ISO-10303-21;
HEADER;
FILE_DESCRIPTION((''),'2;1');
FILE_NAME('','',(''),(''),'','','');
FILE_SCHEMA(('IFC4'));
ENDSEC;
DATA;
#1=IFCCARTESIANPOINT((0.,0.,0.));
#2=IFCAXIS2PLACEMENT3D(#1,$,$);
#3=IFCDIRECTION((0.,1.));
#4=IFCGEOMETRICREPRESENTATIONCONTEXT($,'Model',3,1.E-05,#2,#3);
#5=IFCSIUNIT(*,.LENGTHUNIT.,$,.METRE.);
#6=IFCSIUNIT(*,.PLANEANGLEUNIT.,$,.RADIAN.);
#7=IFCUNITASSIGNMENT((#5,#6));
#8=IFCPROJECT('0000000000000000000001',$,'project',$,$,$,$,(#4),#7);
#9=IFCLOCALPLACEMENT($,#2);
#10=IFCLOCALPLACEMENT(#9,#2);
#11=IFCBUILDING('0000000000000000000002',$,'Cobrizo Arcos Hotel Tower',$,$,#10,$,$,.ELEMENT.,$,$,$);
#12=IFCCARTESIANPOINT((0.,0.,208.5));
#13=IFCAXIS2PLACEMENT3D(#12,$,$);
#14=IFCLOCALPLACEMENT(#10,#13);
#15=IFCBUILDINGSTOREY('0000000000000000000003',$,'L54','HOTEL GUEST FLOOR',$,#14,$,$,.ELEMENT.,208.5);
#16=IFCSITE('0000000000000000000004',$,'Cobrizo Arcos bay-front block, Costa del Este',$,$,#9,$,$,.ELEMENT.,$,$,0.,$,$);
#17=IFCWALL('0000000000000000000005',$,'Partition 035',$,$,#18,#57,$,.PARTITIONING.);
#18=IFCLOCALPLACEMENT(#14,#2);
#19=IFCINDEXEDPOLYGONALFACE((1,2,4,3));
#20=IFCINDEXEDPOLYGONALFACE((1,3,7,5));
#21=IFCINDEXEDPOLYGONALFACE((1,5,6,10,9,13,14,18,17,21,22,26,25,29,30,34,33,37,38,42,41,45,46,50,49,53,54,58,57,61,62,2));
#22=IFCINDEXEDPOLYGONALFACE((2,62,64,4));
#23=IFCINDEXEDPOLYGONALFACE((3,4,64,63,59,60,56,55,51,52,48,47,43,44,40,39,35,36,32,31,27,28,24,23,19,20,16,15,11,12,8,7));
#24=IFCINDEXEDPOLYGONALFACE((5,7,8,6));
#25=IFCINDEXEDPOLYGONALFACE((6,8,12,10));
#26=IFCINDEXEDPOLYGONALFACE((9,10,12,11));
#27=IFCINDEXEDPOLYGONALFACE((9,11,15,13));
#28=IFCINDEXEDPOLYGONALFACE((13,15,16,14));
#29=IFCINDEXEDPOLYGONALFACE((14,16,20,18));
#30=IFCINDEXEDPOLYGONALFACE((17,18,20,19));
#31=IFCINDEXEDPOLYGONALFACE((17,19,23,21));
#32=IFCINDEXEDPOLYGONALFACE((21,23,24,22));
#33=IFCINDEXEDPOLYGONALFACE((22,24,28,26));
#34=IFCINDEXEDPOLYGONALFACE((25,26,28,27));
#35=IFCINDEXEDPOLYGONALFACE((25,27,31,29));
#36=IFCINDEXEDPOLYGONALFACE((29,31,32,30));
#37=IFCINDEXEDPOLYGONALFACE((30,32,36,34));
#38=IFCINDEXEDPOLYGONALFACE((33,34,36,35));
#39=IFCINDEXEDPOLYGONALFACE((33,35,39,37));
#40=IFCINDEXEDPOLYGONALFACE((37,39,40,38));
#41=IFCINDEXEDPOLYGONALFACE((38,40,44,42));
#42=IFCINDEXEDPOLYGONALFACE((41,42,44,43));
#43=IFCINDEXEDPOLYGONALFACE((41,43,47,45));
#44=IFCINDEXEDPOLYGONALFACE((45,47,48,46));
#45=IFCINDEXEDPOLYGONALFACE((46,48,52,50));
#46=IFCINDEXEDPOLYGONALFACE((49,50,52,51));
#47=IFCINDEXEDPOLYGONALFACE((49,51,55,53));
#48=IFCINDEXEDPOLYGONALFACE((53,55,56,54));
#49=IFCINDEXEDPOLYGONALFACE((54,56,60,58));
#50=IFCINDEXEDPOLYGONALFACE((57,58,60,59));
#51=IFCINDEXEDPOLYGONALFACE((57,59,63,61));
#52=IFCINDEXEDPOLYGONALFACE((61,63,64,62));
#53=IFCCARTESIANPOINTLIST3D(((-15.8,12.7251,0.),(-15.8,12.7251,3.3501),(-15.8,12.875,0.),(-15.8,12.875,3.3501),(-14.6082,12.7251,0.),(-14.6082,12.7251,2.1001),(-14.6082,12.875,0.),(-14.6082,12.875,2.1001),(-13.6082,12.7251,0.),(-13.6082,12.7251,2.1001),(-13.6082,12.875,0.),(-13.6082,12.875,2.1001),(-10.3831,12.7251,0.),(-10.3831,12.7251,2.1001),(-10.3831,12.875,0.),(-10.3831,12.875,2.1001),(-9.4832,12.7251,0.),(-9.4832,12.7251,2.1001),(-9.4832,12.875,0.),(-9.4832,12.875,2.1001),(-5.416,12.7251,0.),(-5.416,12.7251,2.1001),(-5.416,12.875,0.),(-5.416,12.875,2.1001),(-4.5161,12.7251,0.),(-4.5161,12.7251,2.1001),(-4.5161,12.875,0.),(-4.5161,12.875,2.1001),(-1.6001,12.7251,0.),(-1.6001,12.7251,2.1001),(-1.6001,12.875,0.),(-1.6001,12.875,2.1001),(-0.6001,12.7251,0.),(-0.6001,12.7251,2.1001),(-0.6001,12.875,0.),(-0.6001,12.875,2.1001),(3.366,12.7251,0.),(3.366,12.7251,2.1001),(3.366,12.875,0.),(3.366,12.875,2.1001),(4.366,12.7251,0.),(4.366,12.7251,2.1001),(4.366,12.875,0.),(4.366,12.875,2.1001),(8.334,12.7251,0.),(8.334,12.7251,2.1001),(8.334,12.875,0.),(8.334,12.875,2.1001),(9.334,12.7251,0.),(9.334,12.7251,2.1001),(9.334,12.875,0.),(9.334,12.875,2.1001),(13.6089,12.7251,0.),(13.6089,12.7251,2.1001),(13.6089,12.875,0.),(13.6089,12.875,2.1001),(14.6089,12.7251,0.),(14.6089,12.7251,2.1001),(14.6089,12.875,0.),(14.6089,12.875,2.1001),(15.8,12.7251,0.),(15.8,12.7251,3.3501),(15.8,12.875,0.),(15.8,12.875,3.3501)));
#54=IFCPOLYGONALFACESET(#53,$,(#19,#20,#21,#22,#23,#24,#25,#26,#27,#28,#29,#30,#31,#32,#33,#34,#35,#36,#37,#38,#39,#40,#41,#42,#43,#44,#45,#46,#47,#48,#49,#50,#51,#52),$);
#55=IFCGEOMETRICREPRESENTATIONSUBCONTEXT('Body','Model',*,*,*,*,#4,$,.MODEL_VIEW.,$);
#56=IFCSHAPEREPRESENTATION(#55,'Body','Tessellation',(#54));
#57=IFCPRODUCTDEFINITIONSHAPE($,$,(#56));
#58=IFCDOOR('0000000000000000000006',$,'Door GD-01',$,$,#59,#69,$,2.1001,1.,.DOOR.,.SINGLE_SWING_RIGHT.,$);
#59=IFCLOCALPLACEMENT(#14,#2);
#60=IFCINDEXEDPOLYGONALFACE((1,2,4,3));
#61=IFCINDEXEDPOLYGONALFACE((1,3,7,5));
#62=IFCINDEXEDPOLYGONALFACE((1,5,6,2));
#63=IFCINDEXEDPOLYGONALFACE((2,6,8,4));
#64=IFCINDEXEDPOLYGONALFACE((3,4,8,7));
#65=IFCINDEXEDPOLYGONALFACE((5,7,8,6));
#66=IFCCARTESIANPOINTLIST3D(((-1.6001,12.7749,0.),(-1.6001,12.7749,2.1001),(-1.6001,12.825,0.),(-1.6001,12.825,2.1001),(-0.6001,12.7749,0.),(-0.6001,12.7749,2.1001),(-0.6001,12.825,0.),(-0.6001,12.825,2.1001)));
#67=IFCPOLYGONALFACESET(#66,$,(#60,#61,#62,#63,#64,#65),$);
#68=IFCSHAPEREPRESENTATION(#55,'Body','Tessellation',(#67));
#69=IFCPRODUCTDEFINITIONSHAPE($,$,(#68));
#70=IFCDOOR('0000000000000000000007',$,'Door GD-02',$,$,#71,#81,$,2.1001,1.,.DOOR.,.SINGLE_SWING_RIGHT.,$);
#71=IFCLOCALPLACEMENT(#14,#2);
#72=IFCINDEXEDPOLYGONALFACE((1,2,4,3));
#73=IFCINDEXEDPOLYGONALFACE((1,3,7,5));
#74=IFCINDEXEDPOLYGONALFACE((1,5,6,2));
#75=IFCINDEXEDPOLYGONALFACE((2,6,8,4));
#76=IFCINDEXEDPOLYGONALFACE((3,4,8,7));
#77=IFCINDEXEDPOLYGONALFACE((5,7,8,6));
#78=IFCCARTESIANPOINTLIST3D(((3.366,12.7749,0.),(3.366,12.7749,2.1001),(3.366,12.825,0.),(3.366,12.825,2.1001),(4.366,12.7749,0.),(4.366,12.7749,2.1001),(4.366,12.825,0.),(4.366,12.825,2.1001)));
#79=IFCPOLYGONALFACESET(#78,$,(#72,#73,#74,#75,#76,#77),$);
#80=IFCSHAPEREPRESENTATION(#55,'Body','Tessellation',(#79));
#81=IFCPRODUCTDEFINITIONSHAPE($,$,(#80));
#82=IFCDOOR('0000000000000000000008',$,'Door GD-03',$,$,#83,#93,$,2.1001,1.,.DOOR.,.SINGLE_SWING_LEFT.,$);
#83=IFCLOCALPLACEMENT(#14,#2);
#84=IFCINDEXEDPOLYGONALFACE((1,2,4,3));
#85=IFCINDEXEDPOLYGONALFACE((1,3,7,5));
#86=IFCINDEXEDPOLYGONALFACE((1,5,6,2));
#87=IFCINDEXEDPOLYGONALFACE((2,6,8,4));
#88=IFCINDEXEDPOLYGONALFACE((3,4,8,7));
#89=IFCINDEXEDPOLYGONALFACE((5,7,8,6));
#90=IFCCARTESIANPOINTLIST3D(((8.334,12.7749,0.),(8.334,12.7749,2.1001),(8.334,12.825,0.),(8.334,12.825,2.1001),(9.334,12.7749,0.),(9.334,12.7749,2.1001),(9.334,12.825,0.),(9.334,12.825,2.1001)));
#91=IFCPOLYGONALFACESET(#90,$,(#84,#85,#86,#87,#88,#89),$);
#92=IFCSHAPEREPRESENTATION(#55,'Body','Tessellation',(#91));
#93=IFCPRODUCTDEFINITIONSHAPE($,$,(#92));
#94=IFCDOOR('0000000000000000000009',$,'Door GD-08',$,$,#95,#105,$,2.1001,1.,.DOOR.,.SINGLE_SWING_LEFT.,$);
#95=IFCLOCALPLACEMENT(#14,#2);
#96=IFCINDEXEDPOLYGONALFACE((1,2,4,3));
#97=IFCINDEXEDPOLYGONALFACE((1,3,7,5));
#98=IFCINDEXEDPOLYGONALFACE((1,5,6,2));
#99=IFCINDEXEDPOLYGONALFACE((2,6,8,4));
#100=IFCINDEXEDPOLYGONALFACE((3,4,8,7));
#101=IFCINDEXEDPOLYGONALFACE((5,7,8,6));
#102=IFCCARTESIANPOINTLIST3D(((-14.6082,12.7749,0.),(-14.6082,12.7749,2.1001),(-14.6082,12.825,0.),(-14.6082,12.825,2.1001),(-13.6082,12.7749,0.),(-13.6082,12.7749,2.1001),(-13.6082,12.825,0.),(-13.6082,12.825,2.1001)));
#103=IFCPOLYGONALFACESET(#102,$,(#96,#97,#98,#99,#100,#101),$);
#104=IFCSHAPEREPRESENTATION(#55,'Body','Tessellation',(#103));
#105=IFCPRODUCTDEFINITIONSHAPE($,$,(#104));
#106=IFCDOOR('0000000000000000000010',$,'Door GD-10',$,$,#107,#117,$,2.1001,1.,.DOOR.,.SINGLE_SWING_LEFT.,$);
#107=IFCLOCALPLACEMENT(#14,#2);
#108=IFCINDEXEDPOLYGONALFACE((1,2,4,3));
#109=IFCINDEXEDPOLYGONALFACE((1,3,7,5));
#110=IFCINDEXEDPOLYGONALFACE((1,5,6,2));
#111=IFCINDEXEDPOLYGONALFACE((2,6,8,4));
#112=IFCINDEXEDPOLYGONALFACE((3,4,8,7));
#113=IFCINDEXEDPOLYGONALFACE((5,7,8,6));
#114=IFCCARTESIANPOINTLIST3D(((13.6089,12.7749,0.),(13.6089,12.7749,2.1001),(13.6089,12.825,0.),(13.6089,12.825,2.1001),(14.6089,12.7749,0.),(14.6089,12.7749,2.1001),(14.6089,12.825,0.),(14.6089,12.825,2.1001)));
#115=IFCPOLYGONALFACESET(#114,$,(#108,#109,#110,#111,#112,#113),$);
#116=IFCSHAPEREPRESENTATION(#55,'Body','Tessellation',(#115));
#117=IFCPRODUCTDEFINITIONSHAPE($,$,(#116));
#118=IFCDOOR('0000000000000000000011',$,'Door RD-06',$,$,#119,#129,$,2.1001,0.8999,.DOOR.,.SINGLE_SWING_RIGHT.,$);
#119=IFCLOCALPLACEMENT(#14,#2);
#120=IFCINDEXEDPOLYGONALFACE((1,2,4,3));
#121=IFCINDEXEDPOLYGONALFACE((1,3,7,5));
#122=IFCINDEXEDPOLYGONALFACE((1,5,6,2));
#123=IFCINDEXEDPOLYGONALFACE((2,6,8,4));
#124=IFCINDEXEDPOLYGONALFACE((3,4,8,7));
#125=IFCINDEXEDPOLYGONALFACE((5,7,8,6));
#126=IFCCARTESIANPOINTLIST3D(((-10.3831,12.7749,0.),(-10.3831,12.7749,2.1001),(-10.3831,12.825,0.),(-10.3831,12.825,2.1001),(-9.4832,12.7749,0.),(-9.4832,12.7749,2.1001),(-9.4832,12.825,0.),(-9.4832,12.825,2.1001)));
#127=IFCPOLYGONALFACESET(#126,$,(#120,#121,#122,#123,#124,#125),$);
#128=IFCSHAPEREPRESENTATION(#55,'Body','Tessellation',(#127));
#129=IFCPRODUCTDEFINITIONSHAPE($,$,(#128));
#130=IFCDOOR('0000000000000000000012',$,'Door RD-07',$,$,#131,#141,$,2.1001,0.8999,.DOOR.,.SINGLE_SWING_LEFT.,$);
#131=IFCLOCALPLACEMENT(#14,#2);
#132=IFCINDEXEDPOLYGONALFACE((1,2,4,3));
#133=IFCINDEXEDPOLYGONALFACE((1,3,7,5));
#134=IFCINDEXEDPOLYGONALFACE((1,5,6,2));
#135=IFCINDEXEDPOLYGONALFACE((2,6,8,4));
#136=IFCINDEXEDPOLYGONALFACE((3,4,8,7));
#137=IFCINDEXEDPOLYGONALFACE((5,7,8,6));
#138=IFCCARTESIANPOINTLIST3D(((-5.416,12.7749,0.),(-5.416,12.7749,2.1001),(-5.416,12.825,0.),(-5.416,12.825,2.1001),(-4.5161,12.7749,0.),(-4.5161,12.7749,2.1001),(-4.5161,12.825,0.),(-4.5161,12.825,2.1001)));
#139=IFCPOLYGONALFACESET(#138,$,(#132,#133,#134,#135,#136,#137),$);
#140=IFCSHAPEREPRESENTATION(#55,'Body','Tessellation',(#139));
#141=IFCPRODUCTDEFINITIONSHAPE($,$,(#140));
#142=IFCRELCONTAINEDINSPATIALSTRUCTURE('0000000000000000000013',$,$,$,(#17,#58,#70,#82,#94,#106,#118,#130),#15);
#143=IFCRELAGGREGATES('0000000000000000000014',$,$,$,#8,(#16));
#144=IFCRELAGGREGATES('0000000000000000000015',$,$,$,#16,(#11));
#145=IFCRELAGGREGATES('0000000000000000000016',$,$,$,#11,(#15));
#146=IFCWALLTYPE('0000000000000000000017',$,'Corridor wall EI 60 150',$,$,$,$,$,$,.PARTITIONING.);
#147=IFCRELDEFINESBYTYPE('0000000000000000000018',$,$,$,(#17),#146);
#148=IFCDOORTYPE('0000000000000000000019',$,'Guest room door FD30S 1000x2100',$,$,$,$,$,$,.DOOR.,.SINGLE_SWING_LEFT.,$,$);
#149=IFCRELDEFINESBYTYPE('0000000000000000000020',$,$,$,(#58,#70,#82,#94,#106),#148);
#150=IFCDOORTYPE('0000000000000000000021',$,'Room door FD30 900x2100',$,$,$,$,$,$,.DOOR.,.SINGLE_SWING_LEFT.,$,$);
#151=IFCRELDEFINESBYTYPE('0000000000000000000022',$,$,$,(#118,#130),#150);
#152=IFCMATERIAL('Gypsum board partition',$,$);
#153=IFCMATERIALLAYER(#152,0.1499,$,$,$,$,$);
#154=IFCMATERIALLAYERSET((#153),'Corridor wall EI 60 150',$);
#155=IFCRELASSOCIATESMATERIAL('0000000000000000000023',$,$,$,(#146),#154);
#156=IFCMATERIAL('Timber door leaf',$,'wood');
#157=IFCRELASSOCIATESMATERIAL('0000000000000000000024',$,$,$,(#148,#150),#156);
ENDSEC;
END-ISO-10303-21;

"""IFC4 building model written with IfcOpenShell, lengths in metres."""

from ifc_helpers import new_model, si_unit, direction, frame, frame_2d, origin, place, context, subcontext, project, spatial, rectangle, extrude, material, layer, layer_set, type_object, element, fill, save


model = new_model("IFC4")

# Units and contexts
model_context = context("Model", 3, precision=1e-05, world=origin(), true_north=direction((0.0, 1.0)))
body_context = subcontext(model_context, "Body", "Model", "MODEL_VIEW")
ifc_project = project(units=[si_unit("LENGTHUNIT", "METRE"), si_unit("PLANEANGLEUNIT", "RADIAN")], contexts=[model_context])

# Site, building, storey
site_placement = place(None, origin())
site = spatial("IfcSite", under=ifc_project, at=site_placement, Name="Cobrizo Arcos bay-front block, Costa del Este", CompositionType="ELEMENT", RefElevation=0.0)
building_placement = place(site_placement, origin())
building = spatial("IfcBuilding", under=site, at=building_placement, Name="Cobrizo Arcos Hotel Tower", CompositionType="ELEMENT")
storey_placement = place(building_placement, frame((0.0, 0.0, 208.5)))
storey = spatial("IfcBuildingStorey", under=building, at=storey_placement, Name="L54", Description="HOTEL GUEST FLOOR", CompositionType="ELEMENT", Elevation=208.5)

# Wall, openings, doors
ifc_material_1 = material(Name="Gypsum board partition")
ifc_layer_1 = layer(ifc_material_1, 0.1499)
ifc_layer_set_1 = layer_set([ifc_layer_1], Name="Corridor wall EI 60 150")
wall_type = type_object("IfcWallType", Name="Corridor wall EI 60 150", PredefinedType="PARTITIONING", material=ifc_layer_set_1)
wall_placement = place(storey_placement, frame((-15.8, 12.8, 0.0), z_axis=(0.0, 0.0, 1.0), x_axis=(1.0, 0.0, 0.0)))
wall = element("IfcWall", 1, at=wall_placement, inside=storey, type_object=wall_type, Name="Partition 035", PredefinedType="PARTITIONING", context=body_context, shape_type="SweptSolid", body=[
    extrude(rectangle(XDim=31.6001, YDim=0.1499, at=frame_2d((15.8, 0.0))), origin(), (0.0, 0.0, 1.0), 3.3501),
])
opening_1_placement = place(wall_placement, frame((5.417, 0.0, 0.0)))
opening_1 = element("IfcOpeningElement", 2, at=opening_1_placement, cuts=wall, PredefinedType="OPENING", context=body_context, shape_type="SweptSolid", body=[
    extrude(rectangle(XDim=0.8999, YDim=2.1001, at=frame_2d((0.45, 1.05))), frame((0.0, 0.0869, 0.0), z_axis=(0.0, -1.0, 0.0), x_axis=(1.0, 0.0, 0.0)), (0.0, 0.0, 1.0), 0.1738),
])
opening_2_placement = place(wall_placement, frame((10.384, 0.0, 0.0)))
opening_2 = element("IfcOpeningElement", 3, at=opening_2_placement, cuts=wall, PredefinedType="OPENING", context=body_context, shape_type="SweptSolid", body=[
    extrude(rectangle(XDim=0.8999, YDim=2.1001, at=frame_2d((0.45, 1.05))), frame((0.0, 0.0869, 0.0), z_axis=(0.0, -1.0, 0.0), x_axis=(1.0, 0.0, 0.0)), (0.0, 0.0, 1.0), 0.1738),
])
opening_3_placement = place(wall_placement, frame((14.2, 0.0, 0.0)))
opening_3 = element("IfcOpeningElement", 4, at=opening_3_placement, cuts=wall, PredefinedType="OPENING", context=body_context, shape_type="SweptSolid", body=[
    extrude(rectangle(XDim=1.0, YDim=2.1001, at=frame_2d((0.5, 1.05))), frame((0.0, 0.0869, 0.0), z_axis=(0.0, -1.0, 0.0), x_axis=(1.0, 0.0, 0.0)), (0.0, 0.0, 1.0), 0.1738),
])
opening_4_placement = place(wall_placement, frame((19.166, 0.0, 0.0)))
opening_4 = element("IfcOpeningElement", 5, at=opening_4_placement, cuts=wall, PredefinedType="OPENING", context=body_context, shape_type="SweptSolid", body=[
    extrude(rectangle(XDim=1.0, YDim=2.1001, at=frame_2d((0.5, 1.05))), frame((0.0, 0.0869, 0.0), z_axis=(0.0, -1.0, 0.0), x_axis=(1.0, 0.0, 0.0)), (0.0, 0.0, 1.0), 0.1738),
])
opening_5_placement = place(wall_placement, frame((24.134, 0.0, 0.0)))
opening_5 = element("IfcOpeningElement", 6, at=opening_5_placement, cuts=wall, PredefinedType="OPENING", context=body_context, shape_type="SweptSolid", body=[
    extrude(rectangle(XDim=1.0, YDim=2.1001, at=frame_2d((0.5, 1.05))), frame((0.0, 0.0869, 0.0), z_axis=(0.0, -1.0, 0.0), x_axis=(1.0, 0.0, 0.0)), (0.0, 0.0, 1.0), 0.1738),
])
opening_6_placement = place(wall_placement, frame((1.1919, 0.0, 0.0)))
opening_6 = element("IfcOpeningElement", 7, at=opening_6_placement, cuts=wall, PredefinedType="OPENING", context=body_context, shape_type="SweptSolid", body=[
    extrude(rectangle(XDim=1.0, YDim=2.1001, at=frame_2d((0.5, 1.05))), frame((0.0, 0.0869, 0.0), z_axis=(0.0, -1.0, 0.0), x_axis=(1.0, 0.0, 0.0)), (0.0, 0.0, 1.0), 0.1738),
])
opening_7_placement = place(wall_placement, frame((29.4089, 0.0, 0.0)))
opening_7 = element("IfcOpeningElement", 8, at=opening_7_placement, cuts=wall, PredefinedType="OPENING", context=body_context, shape_type="SweptSolid", body=[
    extrude(rectangle(XDim=1.0, YDim=2.1001, at=frame_2d((0.5, 1.05))), frame((0.0, 0.0869, 0.0), z_axis=(0.0, -1.0, 0.0), x_axis=(1.0, 0.0, 0.0)), (0.0, 0.0, 1.0), 0.1738),
])
ifc_material_2 = material(Name="Timber door leaf", Category="wood")
door_type_1 = type_object("IfcDoorType", Name="Guest room door FD30S 1000x2100", OperationType="SINGLE_SWING_LEFT", PredefinedType="DOOR", material=ifc_material_2)
door_1_placement = place(opening_3_placement, origin())
door_1 = element("IfcDoor", 9, at=door_1_placement, inside=storey, type_object=door_type_1, Name="Door GD-01", OperationType="SINGLE_SWING_RIGHT", OverallHeight=2.1001, OverallWidth=1.0, PredefinedType="DOOR", context=body_context, shape_type="SweptSolid", body=[
    extrude(rectangle(XDim=1.0, YDim=2.1001, at=frame_2d((0.5, 1.05))), frame((0.0, 0.0249, 0.0), z_axis=(0.0, -1.0, 0.0), x_axis=(1.0, 0.0, 0.0)), (0.0, 0.0, 1.0), 0.05),
])
fill(opening_3, door_1)
door_2_placement = place(opening_4_placement, origin())
door_2 = element("IfcDoor", 10, at=door_2_placement, inside=storey, type_object=door_type_1, Name="Door GD-02", OperationType="SINGLE_SWING_RIGHT", OverallHeight=2.1001, OverallWidth=1.0, PredefinedType="DOOR", context=body_context, shape_type="SweptSolid", body=[
    extrude(rectangle(XDim=1.0, YDim=2.1001, at=frame_2d((0.5, 1.05))), frame((0.0, 0.0249, 0.0), z_axis=(0.0, -1.0, 0.0), x_axis=(1.0, 0.0, 0.0)), (0.0, 0.0, 1.0), 0.05),
])
fill(opening_4, door_2)
door_3_placement = place(opening_5_placement, origin())
door_3 = element("IfcDoor", 11, at=door_3_placement, inside=storey, type_object=door_type_1, Name="Door GD-03", OperationType="SINGLE_SWING_LEFT", OverallHeight=2.1001, OverallWidth=1.0, PredefinedType="DOOR", context=body_context, shape_type="SweptSolid", body=[
    extrude(rectangle(XDim=1.0, YDim=2.1001, at=frame_2d((0.5, 1.05))), frame((0.0, 0.0249, 0.0), z_axis=(0.0, -1.0, 0.0), x_axis=(1.0, 0.0, 0.0)), (0.0, 0.0, 1.0), 0.05),
])
fill(opening_5, door_3)
door_4_placement = place(opening_6_placement, origin())
door_4 = element("IfcDoor", 12, at=door_4_placement, inside=storey, type_object=door_type_1, Name="Door GD-08", OperationType="SINGLE_SWING_LEFT", OverallHeight=2.1001, OverallWidth=1.0, PredefinedType="DOOR", context=body_context, shape_type="SweptSolid", body=[
    extrude(rectangle(XDim=1.0, YDim=2.1001, at=frame_2d((0.5, 1.05))), frame((0.0, 0.0249, 0.0), z_axis=(0.0, -1.0, 0.0), x_axis=(1.0, 0.0, 0.0)), (0.0, 0.0, 1.0), 0.05),
])
fill(opening_6, door_4)
door_5_placement = place(opening_7_placement, origin())
door_5 = element("IfcDoor", 13, at=door_5_placement, inside=storey, type_object=door_type_1, Name="Door GD-10", OperationType="SINGLE_SWING_LEFT", OverallHeight=2.1001, OverallWidth=1.0, PredefinedType="DOOR", context=body_context, shape_type="SweptSolid", body=[
    extrude(rectangle(XDim=1.0, YDim=2.1001, at=frame_2d((0.5, 1.05))), frame((0.0, 0.0249, 0.0), z_axis=(0.0, -1.0, 0.0), x_axis=(1.0, 0.0, 0.0)), (0.0, 0.0, 1.0), 0.05),
])
fill(opening_7, door_5)
door_type_2 = type_object("IfcDoorType", Name="Room door FD30 900x2100", OperationType="SINGLE_SWING_LEFT", PredefinedType="DOOR", material=ifc_material_2)
door_6_placement = place(opening_1_placement, origin())
door_6 = element("IfcDoor", 14, at=door_6_placement, inside=storey, type_object=door_type_2, Name="Door RD-06", OperationType="SINGLE_SWING_RIGHT", OverallHeight=2.1001, OverallWidth=0.8999, PredefinedType="DOOR", context=body_context, shape_type="SweptSolid", body=[
    extrude(rectangle(XDim=0.8999, YDim=2.1001, at=frame_2d((0.45, 1.05))), frame((0.0, 0.0249, 0.0), z_axis=(0.0, -1.0, 0.0), x_axis=(1.0, 0.0, 0.0)), (0.0, 0.0, 1.0), 0.05),
])
fill(opening_1, door_6)
door_7_placement = place(opening_2_placement, origin())
door_7 = element("IfcDoor", 15, at=door_7_placement, inside=storey, type_object=door_type_2, Name="Door RD-07", OperationType="SINGLE_SWING_LEFT", OverallHeight=2.1001, OverallWidth=0.8999, PredefinedType="DOOR", context=body_context, shape_type="SweptSolid", body=[
    extrude(rectangle(XDim=0.8999, YDim=2.1001, at=frame_2d((0.45, 1.05))), frame((0.0, 0.0249, 0.0), z_axis=(0.0, -1.0, 0.0), x_axis=(1.0, 0.0, 0.0)), (0.0, 0.0, 1.0), 0.05),
])
fill(opening_2, door_7)

save(model, "model.ifc")
